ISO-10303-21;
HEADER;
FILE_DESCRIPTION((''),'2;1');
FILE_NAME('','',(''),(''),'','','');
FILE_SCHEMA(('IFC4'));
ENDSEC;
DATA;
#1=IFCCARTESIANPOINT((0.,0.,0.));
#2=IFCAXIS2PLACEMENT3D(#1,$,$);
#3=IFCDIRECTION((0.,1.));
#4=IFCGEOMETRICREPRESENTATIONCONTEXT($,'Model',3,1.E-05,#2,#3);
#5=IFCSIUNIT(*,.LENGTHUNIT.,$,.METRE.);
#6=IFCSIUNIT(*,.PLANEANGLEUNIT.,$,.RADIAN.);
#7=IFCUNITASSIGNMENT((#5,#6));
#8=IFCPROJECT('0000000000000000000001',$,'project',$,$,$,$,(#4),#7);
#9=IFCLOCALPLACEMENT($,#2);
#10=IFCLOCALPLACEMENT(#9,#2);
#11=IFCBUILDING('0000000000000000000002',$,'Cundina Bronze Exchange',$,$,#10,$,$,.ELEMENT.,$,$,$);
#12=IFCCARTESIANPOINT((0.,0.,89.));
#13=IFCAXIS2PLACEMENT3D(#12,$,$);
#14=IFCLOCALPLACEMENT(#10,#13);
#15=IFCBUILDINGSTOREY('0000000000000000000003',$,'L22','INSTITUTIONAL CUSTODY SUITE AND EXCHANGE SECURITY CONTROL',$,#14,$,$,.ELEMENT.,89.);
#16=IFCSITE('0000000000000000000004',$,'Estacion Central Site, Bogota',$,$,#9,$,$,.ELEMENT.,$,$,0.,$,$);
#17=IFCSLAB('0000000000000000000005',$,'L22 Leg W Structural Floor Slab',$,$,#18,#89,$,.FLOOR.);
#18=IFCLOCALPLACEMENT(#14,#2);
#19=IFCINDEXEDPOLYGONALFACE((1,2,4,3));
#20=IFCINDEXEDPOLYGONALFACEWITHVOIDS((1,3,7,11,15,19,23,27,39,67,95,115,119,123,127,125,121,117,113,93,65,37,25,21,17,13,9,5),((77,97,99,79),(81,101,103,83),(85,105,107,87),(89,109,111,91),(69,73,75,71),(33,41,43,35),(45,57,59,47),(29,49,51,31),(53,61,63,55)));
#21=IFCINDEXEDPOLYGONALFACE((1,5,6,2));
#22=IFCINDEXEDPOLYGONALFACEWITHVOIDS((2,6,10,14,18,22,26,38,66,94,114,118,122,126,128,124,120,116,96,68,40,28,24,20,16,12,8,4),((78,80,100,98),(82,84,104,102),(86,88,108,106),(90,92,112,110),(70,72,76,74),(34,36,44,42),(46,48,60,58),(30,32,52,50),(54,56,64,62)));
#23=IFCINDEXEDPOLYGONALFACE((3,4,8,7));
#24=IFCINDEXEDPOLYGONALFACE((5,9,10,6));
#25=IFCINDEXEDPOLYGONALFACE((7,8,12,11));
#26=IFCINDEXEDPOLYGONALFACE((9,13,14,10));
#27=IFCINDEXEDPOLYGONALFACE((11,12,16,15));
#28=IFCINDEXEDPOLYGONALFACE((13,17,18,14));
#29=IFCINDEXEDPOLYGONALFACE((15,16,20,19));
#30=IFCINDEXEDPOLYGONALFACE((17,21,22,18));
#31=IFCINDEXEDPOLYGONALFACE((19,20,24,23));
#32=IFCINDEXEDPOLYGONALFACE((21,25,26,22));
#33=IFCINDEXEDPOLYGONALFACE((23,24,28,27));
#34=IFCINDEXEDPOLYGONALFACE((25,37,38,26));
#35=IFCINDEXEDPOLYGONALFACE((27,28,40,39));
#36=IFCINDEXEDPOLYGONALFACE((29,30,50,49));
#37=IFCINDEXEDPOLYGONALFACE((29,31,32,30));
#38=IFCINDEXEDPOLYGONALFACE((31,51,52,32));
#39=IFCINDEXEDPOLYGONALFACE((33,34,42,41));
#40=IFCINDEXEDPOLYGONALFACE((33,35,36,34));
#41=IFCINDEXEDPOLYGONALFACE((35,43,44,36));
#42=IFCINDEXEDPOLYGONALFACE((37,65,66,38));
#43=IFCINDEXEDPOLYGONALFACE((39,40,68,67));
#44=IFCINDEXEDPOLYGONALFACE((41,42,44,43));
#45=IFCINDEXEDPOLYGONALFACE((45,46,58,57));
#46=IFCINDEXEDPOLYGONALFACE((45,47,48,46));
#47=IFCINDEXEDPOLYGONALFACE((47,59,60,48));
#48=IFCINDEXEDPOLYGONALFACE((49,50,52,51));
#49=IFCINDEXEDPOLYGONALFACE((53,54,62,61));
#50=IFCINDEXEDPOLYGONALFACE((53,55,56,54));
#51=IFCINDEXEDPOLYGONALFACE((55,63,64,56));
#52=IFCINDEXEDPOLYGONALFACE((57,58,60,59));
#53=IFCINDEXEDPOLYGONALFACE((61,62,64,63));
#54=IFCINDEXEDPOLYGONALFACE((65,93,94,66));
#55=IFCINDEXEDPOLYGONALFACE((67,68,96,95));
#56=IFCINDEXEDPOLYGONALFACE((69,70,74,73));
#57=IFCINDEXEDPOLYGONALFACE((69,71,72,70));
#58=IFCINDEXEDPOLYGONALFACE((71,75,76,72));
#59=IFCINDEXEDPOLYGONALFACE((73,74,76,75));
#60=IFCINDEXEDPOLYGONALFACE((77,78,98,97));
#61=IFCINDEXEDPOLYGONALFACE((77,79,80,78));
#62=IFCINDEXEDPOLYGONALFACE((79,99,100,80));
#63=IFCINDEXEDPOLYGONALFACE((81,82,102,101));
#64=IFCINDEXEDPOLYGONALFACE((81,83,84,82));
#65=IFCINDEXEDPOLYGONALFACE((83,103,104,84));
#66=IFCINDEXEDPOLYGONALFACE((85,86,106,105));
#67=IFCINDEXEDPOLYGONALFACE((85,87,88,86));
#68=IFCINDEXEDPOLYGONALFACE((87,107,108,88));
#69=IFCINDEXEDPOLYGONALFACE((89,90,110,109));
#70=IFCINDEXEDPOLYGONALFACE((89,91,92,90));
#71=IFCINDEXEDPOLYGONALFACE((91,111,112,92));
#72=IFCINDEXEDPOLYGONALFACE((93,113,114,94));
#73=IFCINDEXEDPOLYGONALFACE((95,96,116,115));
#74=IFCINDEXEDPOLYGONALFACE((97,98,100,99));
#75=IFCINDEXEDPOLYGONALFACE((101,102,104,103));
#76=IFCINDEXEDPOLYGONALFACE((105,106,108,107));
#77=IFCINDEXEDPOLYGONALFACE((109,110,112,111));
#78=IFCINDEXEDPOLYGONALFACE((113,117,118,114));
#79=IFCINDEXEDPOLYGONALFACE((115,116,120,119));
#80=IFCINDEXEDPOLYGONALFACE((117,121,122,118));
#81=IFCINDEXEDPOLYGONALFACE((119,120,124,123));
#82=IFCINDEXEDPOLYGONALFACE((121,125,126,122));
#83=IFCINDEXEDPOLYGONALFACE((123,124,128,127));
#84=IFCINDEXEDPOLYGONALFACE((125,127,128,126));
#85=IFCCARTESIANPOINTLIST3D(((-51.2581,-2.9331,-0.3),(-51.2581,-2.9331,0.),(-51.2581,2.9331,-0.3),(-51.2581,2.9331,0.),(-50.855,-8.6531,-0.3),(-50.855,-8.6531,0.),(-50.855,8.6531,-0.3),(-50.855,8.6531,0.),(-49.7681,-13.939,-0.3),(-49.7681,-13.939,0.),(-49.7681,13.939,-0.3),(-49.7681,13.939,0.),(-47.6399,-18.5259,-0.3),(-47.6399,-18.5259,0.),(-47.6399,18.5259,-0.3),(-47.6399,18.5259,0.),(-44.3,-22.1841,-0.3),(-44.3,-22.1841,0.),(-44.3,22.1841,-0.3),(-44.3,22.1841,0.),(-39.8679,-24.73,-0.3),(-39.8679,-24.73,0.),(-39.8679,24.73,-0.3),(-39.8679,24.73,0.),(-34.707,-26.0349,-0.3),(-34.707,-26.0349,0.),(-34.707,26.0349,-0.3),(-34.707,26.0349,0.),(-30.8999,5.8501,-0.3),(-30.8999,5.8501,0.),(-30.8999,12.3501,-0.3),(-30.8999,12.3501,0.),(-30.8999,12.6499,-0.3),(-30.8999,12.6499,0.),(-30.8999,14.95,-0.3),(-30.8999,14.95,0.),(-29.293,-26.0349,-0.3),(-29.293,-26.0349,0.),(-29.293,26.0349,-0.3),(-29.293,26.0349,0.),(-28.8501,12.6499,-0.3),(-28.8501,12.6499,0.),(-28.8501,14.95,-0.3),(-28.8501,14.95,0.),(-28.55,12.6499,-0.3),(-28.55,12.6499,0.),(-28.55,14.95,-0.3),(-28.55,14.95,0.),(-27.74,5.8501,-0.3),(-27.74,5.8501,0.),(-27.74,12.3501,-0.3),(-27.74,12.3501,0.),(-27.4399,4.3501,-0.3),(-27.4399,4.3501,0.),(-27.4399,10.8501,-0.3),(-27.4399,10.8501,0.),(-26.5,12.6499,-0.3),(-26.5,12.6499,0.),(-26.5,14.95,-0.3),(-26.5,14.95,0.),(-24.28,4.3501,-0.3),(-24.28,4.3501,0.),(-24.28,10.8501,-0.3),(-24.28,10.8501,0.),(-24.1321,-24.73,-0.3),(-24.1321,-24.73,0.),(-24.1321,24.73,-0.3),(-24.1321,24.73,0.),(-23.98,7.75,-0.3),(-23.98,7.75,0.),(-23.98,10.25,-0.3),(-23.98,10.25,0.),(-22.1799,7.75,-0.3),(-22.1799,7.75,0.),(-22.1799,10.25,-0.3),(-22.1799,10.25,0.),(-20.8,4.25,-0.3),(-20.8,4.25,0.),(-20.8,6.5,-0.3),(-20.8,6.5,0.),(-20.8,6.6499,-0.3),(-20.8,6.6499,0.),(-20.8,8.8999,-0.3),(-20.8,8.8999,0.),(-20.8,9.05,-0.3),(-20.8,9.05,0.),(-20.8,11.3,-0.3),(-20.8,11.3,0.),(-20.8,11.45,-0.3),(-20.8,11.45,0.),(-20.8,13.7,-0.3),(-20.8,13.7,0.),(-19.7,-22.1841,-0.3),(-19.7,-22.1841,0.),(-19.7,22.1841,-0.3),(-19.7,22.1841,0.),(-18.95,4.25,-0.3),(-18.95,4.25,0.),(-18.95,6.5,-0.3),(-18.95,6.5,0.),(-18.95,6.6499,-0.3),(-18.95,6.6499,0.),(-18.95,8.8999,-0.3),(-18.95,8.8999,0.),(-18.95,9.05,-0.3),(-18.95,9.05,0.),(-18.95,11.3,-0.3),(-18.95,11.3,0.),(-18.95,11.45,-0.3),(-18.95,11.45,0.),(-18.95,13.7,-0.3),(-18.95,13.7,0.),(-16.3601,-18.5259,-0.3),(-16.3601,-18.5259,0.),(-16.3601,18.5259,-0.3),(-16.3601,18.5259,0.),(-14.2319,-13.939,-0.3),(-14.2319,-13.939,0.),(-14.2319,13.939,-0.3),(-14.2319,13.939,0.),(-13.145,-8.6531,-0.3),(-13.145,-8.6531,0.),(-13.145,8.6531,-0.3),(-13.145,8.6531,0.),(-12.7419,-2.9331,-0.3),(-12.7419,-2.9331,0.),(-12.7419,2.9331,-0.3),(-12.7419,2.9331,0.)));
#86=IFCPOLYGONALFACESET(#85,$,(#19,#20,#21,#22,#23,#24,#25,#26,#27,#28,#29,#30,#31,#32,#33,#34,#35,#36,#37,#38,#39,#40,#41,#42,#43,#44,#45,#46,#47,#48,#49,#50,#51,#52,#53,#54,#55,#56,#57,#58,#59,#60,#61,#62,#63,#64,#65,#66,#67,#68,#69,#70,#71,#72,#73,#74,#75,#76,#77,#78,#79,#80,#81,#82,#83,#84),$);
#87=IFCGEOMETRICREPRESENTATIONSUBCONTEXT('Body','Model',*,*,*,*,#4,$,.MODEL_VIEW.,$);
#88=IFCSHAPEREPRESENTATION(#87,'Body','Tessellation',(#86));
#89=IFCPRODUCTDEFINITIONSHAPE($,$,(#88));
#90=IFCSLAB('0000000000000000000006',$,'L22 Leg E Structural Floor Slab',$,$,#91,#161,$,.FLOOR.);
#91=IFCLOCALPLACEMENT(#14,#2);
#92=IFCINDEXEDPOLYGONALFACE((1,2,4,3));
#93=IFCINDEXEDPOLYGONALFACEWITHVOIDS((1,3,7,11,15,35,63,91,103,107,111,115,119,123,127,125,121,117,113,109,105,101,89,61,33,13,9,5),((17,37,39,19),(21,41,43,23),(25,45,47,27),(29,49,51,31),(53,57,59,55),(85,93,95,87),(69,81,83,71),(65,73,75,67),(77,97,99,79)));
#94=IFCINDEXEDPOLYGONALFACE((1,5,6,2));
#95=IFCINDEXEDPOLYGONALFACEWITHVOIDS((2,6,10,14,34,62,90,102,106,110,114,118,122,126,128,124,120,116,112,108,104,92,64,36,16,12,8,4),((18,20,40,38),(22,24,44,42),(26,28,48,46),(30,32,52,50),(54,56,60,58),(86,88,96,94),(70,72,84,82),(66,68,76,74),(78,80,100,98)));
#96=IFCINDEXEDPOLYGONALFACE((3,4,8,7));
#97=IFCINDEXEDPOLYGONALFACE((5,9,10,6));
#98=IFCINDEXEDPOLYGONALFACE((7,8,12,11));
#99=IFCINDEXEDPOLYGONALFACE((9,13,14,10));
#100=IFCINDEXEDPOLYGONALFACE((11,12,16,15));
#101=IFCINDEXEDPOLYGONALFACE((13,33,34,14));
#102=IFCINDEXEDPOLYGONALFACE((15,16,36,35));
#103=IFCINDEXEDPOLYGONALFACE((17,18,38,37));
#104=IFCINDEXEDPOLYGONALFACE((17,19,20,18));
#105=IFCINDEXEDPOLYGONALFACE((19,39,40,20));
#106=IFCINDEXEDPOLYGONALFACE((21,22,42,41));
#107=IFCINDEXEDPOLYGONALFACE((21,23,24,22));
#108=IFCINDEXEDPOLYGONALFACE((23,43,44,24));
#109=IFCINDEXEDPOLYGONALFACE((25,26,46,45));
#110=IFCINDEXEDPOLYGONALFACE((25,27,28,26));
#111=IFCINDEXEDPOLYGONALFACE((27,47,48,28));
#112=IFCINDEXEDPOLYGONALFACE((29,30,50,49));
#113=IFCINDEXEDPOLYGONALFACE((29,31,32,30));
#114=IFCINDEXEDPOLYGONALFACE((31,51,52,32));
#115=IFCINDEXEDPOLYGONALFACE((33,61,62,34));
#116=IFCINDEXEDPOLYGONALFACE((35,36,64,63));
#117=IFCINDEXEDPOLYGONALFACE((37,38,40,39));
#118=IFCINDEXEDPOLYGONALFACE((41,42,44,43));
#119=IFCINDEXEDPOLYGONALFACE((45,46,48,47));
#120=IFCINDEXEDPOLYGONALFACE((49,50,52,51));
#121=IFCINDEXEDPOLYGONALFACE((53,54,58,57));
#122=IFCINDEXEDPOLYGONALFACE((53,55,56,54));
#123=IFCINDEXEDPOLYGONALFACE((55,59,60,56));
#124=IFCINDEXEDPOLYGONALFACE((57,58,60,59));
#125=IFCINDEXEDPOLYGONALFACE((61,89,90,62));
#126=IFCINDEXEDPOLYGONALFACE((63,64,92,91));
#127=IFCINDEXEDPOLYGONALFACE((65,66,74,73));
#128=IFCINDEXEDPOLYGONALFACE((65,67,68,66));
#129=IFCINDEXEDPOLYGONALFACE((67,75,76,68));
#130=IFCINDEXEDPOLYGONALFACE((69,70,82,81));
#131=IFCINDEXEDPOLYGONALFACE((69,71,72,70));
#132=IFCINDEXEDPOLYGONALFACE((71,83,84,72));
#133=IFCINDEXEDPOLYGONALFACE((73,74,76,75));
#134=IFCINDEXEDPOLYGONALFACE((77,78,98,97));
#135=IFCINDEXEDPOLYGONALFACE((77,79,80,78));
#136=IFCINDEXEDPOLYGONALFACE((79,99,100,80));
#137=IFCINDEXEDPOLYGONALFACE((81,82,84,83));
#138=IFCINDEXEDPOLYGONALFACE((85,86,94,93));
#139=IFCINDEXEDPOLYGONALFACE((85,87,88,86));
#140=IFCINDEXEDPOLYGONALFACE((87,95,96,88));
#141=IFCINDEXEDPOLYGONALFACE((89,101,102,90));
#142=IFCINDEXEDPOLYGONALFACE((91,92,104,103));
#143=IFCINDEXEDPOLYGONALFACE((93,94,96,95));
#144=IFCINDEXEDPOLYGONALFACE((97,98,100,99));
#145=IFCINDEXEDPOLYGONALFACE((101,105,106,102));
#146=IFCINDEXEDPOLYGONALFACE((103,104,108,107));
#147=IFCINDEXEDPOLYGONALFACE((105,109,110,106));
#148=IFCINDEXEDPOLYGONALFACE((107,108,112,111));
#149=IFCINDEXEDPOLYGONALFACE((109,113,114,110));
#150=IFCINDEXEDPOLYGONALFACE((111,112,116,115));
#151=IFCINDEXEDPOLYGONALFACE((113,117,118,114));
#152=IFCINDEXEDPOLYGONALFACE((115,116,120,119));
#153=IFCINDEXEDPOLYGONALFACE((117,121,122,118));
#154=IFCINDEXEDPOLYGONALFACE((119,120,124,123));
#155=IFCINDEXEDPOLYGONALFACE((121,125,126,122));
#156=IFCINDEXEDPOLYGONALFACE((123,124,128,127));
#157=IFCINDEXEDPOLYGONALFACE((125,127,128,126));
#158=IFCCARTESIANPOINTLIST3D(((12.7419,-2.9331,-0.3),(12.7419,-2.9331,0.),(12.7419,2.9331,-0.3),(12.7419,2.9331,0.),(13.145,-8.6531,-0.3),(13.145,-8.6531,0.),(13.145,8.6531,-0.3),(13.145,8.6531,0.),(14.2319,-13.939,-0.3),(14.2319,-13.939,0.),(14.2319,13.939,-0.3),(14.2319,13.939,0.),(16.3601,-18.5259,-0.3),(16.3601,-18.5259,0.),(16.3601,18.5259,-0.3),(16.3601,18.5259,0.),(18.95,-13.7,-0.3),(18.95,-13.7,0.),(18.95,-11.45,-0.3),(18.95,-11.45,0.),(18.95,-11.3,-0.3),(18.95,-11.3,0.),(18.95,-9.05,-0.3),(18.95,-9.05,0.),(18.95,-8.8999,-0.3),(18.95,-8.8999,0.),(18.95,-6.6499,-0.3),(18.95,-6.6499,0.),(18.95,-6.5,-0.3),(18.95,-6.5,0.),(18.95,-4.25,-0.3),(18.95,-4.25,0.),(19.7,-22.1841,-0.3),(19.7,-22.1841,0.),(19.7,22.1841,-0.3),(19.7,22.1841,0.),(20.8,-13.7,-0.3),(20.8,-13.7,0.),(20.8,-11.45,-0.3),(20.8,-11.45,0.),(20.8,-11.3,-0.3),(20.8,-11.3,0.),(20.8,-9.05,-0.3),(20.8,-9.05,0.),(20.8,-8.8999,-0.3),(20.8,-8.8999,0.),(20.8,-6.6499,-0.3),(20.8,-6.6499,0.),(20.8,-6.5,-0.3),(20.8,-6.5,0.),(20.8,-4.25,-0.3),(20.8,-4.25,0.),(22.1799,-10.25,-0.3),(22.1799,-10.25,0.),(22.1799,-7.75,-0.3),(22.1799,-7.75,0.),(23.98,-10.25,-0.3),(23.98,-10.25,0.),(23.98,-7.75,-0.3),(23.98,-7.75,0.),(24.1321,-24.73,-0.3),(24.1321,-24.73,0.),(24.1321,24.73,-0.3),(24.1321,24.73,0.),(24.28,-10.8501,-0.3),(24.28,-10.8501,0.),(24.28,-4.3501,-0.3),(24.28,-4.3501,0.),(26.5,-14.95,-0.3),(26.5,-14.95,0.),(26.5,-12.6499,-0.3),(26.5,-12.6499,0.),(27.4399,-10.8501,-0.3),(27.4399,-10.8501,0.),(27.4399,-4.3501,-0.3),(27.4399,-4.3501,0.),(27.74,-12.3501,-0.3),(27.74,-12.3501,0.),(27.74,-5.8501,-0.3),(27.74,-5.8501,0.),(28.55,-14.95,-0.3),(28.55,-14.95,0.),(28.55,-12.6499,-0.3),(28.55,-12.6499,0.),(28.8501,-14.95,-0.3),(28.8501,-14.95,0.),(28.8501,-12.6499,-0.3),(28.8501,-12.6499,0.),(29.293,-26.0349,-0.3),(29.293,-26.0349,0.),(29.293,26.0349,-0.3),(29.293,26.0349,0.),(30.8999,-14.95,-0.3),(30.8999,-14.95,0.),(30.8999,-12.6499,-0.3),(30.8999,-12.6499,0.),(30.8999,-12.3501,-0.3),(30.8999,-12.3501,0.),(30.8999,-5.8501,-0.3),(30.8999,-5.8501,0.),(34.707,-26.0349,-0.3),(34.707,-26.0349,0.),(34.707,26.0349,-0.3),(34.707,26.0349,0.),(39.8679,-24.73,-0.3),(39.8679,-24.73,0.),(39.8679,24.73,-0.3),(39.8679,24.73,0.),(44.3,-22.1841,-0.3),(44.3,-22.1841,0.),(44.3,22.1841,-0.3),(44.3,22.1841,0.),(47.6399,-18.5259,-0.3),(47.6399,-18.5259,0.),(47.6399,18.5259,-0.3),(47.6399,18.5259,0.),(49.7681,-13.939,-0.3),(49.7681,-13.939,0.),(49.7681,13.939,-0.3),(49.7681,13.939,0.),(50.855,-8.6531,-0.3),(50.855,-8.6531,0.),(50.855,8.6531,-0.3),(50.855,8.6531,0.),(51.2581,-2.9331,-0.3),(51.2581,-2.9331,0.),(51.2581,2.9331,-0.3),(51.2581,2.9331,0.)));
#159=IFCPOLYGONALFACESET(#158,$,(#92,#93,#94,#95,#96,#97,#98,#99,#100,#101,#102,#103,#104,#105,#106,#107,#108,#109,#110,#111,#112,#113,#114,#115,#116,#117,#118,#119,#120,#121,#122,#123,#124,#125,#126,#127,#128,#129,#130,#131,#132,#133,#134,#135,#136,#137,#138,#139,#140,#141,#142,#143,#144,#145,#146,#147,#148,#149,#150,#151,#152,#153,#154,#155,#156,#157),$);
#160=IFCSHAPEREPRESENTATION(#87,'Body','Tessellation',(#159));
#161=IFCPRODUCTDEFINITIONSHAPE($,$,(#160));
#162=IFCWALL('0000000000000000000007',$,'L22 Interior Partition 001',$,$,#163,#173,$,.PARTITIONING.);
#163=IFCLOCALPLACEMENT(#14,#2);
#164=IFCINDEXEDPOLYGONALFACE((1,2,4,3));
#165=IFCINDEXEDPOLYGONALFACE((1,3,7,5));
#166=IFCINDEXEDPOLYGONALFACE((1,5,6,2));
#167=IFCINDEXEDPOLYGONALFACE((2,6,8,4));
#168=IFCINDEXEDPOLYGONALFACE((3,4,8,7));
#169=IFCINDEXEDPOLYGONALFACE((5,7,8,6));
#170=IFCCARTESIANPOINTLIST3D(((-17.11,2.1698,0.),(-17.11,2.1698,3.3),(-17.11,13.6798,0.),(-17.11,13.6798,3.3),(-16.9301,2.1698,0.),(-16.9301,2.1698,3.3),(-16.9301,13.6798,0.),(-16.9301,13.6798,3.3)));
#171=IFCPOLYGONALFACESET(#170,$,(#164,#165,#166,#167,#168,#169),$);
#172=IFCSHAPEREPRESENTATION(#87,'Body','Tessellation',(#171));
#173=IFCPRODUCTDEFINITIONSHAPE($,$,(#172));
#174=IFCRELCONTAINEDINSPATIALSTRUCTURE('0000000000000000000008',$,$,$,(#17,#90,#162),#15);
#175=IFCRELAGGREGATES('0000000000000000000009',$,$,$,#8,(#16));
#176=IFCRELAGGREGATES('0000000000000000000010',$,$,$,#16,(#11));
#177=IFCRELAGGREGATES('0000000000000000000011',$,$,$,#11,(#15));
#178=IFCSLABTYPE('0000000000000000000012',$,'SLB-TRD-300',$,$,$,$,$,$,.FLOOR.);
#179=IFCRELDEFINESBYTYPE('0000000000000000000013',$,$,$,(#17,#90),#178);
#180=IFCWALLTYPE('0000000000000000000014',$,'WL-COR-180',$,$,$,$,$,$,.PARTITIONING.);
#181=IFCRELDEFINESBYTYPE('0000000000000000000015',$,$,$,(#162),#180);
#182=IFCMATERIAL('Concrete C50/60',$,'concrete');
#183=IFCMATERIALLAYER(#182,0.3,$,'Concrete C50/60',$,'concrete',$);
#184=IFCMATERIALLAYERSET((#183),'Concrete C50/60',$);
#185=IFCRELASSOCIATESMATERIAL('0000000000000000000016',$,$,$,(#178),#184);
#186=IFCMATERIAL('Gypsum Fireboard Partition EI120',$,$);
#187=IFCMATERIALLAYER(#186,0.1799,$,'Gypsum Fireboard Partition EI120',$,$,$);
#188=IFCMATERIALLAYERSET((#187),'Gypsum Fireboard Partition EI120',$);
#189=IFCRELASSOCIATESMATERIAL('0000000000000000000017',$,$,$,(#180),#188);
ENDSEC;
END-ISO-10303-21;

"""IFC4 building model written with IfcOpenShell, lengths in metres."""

from ifc_helpers import new_model, si_unit, direction, frame, frame_2d, origin, place, context, subcontext, project, spatial, polyline, rectangle, outline, extrude, material, layer, layer_set, type_object, element, save


model = new_model("IFC4")

# Units and contexts
model_context = context("Model", 3, precision=1e-05, world=origin(), true_north=direction((0.0, 1.0)))
body_context = subcontext(model_context, "Body", "Model", "MODEL_VIEW")
ifc_project = project(units=[si_unit("LENGTHUNIT", "METRE"), si_unit("PLANEANGLEUNIT", "RADIAN")], contexts=[model_context])

# Site, building, storey
site_placement = place(None, origin())
site = spatial("IfcSite", under=ifc_project, at=site_placement, Name="Estacion Central Site, Bogota", CompositionType="ELEMENT", RefElevation=0.0)
building_placement = place(site_placement, origin())
building = spatial("IfcBuilding", under=site, at=building_placement, Name="Cundina Bronze Exchange", CompositionType="ELEMENT")
storey_placement = place(building_placement, frame((0.0, 0.0, 89.0)))
storey = spatial("IfcBuildingStorey", under=building, at=storey_placement, Name="L22", Description="INSTITUTIONAL CUSTODY SUITE AND EXCHANGE SECURITY CONTROL", CompositionType="ELEMENT", Elevation=89.0)

# Slabs
ifc_material_1 = material(Name="Concrete C50/60", Category="concrete")
ifc_layer_1 = layer(ifc_material_1, 0.3, Name="Concrete C50/60", Category="concrete")
ifc_layer_set_1 = layer_set([ifc_layer_1], Name="Concrete C50/60")
slab_type_1 = type_object("IfcSlabType", Name="SLB-TRD-300", PredefinedType="FLOOR", material=ifc_layer_set_1)
slab_1_placement = place(storey_placement, frame((0.0, 0.0, -0.3)))
element("IfcSlab", 1, at=slab_1_placement, inside=storey, type_object=slab_type_1, Name="L22 Leg W Structural Floor Slab", PredefinedType="FLOOR", context=body_context, shape_type="SweptSolid", body=[
    extrude(outline(polyline([(-12.7419, 2.9331), (-13.145, 8.6531), (-14.2319, 13.939), (-16.3601, 18.5259), (-19.7, 22.1841), (-24.1321, 24.73), (-29.293, 26.0349), (-34.707, 26.0349), (-39.8679, 24.73), (-44.3, 22.1841), (-47.6399, 18.5259), (-49.7681, 13.939), (-50.855, 8.6531), (-51.2581, 2.9331), (-51.2581, -2.9331), (-50.855, -8.6531), (-49.7681, -13.939), (-47.6399, -18.5259), (-44.3, -22.1841), (-39.8679, -24.73), (-34.707, -26.0349), (-29.293, -26.0349), (-24.1321, -24.73), (-19.7, -22.1841), (-16.3601, -18.5259), (-14.2319, -13.939), (-13.145, -8.6531), (-12.7419, -2.9331), (-12.7419, 2.9331)]), holes=[polyline([(-27.74, 5.8501), (-27.74, 12.3501), (-30.8999, 12.3501), (-30.8999, 5.8501), (-27.74, 5.8501)]), polyline([(-27.4399, 10.8501), (-27.4399, 4.3501), (-24.28, 4.3501), (-24.28, 10.8501), (-27.4399, 10.8501)]), polyline([(-23.98, 10.25), (-22.1799, 10.25), (-22.1799, 7.75), (-23.98, 7.75), (-23.98, 10.25)]), polyline([(-30.8999, 14.95), (-28.8501, 14.95), (-28.8501, 12.6499), (-30.8999, 12.6499), (-30.8999, 14.95)]), polyline([(-28.55, 14.95), (-26.5, 14.95), (-26.5, 12.6499), (-28.55, 12.6499), (-28.55, 14.95)]), polyline([(-20.8, 13.7), (-18.95, 13.7), (-18.95, 11.45), (-20.8, 11.45), (-20.8, 13.7)]), polyline([(-20.8, 11.3), (-18.95, 11.3), (-18.95, 9.05), (-20.8, 9.05), (-20.8, 11.3)]), polyline([(-20.8, 8.8999), (-18.95, 8.8999), (-18.95, 6.6499), (-20.8, 6.6499), (-20.8, 8.8999)]), polyline([(-20.8, 6.5), (-18.95, 6.5), (-18.95, 4.25), (-20.8, 4.25), (-20.8, 6.5)])]), origin(), (0.0, 0.0, 1.0), 0.3),
])
slab_2_placement = place(storey_placement, frame((0.0, 0.0, -0.3)))
element("IfcSlab", 2, at=slab_2_placement, inside=storey, type_object=slab_type_1, Name="L22 Leg E Structural Floor Slab", PredefinedType="FLOOR", context=body_context, shape_type="SweptSolid", body=[
    extrude(outline(polyline([(51.2581, 2.9331), (50.855, 8.6531), (49.7681, 13.939), (47.6399, 18.5259), (44.3, 22.1841), (39.8679, 24.73), (34.707, 26.0349), (29.293, 26.0349), (24.1321, 24.73), (19.7, 22.1841), (16.3601, 18.5259), (14.2319, 13.939), (13.145, 8.6531), (12.7419, 2.9331), (12.7419, -2.9331), (13.145, -8.6531), (14.2319, -13.939), (16.3601, -18.5259), (19.7, -22.1841), (24.1321, -24.73), (29.293, -26.0349), (34.707, -26.0349), (39.8679, -24.73), (44.3, -22.1841), (47.6399, -18.5259), (49.7681, -13.939), (50.855, -8.6531), (51.2581, -2.9331), (51.2581, 2.9331)]), holes=[polyline([(27.74, -5.8501), (27.74, -12.3501), (30.8999, -12.3501), (30.8999, -5.8501), (27.74, -5.8501)]), polyline([(27.4399, -10.8501), (27.4399, -4.3501), (24.28, -4.3501), (24.28, -10.8501), (27.4399, -10.8501)]), polyline([(22.1799, -7.75), (23.98, -7.75), (23.98, -10.25), (22.1799, -10.25), (22.1799, -7.75)]), polyline([(28.8501, -12.6499), (30.8999, -12.6499), (30.8999, -14.95), (28.8501, -14.95), (28.8501, -12.6499)]), polyline([(26.5, -12.6499), (28.55, -12.6499), (28.55, -14.95), (26.5, -14.95), (26.5, -12.6499)]), polyline([(18.95, -11.45), (20.8, -11.45), (20.8, -13.7), (18.95, -13.7), (18.95, -11.45)]), polyline([(18.95, -9.05), (20.8, -9.05), (20.8, -11.3), (18.95, -11.3), (18.95, -9.05)]), polyline([(18.95, -6.6499), (20.8, -6.6499), (20.8, -8.8999), (18.95, -8.8999), (18.95, -6.6499)]), polyline([(18.95, -4.25), (20.8, -4.25), (20.8, -6.5), (18.95, -6.5), (18.95, -4.25)])]), origin(), (0.0, 0.0, 1.0), 0.3),
])

# Wall
ifc_material_2 = material(Name="Gypsum Fireboard Partition EI120")
ifc_layer_2 = layer(ifc_material_2, 0.1799, Name="Gypsum Fireboard Partition EI120")
ifc_layer_set_2 = layer_set([ifc_layer_2], Name="Gypsum Fireboard Partition EI120")
wall_type = type_object("IfcWallType", Name="WL-COR-180", PredefinedType="PARTITIONING", material=ifc_layer_set_2)
wall_1_placement = place(storey_placement, frame((-17.02, 2.1699, 0.0), z_axis=(0.0, 0.0, 1.0), x_axis=(0.0, 1.0, 0.0)))
element("IfcWall", 3, at=wall_1_placement, inside=storey, type_object=wall_type, Name="L22 Interior Partition 001", PredefinedType="PARTITIONING", context=body_context, shape_type="SweptSolid", body=[
    extrude(rectangle(XDim=11.51, YDim=0.1799, at=frame_2d((5.7549, 0.0))), origin(), (0.0, 0.0, 1.0), 3.3),
])

save(model, "model.ifc")
